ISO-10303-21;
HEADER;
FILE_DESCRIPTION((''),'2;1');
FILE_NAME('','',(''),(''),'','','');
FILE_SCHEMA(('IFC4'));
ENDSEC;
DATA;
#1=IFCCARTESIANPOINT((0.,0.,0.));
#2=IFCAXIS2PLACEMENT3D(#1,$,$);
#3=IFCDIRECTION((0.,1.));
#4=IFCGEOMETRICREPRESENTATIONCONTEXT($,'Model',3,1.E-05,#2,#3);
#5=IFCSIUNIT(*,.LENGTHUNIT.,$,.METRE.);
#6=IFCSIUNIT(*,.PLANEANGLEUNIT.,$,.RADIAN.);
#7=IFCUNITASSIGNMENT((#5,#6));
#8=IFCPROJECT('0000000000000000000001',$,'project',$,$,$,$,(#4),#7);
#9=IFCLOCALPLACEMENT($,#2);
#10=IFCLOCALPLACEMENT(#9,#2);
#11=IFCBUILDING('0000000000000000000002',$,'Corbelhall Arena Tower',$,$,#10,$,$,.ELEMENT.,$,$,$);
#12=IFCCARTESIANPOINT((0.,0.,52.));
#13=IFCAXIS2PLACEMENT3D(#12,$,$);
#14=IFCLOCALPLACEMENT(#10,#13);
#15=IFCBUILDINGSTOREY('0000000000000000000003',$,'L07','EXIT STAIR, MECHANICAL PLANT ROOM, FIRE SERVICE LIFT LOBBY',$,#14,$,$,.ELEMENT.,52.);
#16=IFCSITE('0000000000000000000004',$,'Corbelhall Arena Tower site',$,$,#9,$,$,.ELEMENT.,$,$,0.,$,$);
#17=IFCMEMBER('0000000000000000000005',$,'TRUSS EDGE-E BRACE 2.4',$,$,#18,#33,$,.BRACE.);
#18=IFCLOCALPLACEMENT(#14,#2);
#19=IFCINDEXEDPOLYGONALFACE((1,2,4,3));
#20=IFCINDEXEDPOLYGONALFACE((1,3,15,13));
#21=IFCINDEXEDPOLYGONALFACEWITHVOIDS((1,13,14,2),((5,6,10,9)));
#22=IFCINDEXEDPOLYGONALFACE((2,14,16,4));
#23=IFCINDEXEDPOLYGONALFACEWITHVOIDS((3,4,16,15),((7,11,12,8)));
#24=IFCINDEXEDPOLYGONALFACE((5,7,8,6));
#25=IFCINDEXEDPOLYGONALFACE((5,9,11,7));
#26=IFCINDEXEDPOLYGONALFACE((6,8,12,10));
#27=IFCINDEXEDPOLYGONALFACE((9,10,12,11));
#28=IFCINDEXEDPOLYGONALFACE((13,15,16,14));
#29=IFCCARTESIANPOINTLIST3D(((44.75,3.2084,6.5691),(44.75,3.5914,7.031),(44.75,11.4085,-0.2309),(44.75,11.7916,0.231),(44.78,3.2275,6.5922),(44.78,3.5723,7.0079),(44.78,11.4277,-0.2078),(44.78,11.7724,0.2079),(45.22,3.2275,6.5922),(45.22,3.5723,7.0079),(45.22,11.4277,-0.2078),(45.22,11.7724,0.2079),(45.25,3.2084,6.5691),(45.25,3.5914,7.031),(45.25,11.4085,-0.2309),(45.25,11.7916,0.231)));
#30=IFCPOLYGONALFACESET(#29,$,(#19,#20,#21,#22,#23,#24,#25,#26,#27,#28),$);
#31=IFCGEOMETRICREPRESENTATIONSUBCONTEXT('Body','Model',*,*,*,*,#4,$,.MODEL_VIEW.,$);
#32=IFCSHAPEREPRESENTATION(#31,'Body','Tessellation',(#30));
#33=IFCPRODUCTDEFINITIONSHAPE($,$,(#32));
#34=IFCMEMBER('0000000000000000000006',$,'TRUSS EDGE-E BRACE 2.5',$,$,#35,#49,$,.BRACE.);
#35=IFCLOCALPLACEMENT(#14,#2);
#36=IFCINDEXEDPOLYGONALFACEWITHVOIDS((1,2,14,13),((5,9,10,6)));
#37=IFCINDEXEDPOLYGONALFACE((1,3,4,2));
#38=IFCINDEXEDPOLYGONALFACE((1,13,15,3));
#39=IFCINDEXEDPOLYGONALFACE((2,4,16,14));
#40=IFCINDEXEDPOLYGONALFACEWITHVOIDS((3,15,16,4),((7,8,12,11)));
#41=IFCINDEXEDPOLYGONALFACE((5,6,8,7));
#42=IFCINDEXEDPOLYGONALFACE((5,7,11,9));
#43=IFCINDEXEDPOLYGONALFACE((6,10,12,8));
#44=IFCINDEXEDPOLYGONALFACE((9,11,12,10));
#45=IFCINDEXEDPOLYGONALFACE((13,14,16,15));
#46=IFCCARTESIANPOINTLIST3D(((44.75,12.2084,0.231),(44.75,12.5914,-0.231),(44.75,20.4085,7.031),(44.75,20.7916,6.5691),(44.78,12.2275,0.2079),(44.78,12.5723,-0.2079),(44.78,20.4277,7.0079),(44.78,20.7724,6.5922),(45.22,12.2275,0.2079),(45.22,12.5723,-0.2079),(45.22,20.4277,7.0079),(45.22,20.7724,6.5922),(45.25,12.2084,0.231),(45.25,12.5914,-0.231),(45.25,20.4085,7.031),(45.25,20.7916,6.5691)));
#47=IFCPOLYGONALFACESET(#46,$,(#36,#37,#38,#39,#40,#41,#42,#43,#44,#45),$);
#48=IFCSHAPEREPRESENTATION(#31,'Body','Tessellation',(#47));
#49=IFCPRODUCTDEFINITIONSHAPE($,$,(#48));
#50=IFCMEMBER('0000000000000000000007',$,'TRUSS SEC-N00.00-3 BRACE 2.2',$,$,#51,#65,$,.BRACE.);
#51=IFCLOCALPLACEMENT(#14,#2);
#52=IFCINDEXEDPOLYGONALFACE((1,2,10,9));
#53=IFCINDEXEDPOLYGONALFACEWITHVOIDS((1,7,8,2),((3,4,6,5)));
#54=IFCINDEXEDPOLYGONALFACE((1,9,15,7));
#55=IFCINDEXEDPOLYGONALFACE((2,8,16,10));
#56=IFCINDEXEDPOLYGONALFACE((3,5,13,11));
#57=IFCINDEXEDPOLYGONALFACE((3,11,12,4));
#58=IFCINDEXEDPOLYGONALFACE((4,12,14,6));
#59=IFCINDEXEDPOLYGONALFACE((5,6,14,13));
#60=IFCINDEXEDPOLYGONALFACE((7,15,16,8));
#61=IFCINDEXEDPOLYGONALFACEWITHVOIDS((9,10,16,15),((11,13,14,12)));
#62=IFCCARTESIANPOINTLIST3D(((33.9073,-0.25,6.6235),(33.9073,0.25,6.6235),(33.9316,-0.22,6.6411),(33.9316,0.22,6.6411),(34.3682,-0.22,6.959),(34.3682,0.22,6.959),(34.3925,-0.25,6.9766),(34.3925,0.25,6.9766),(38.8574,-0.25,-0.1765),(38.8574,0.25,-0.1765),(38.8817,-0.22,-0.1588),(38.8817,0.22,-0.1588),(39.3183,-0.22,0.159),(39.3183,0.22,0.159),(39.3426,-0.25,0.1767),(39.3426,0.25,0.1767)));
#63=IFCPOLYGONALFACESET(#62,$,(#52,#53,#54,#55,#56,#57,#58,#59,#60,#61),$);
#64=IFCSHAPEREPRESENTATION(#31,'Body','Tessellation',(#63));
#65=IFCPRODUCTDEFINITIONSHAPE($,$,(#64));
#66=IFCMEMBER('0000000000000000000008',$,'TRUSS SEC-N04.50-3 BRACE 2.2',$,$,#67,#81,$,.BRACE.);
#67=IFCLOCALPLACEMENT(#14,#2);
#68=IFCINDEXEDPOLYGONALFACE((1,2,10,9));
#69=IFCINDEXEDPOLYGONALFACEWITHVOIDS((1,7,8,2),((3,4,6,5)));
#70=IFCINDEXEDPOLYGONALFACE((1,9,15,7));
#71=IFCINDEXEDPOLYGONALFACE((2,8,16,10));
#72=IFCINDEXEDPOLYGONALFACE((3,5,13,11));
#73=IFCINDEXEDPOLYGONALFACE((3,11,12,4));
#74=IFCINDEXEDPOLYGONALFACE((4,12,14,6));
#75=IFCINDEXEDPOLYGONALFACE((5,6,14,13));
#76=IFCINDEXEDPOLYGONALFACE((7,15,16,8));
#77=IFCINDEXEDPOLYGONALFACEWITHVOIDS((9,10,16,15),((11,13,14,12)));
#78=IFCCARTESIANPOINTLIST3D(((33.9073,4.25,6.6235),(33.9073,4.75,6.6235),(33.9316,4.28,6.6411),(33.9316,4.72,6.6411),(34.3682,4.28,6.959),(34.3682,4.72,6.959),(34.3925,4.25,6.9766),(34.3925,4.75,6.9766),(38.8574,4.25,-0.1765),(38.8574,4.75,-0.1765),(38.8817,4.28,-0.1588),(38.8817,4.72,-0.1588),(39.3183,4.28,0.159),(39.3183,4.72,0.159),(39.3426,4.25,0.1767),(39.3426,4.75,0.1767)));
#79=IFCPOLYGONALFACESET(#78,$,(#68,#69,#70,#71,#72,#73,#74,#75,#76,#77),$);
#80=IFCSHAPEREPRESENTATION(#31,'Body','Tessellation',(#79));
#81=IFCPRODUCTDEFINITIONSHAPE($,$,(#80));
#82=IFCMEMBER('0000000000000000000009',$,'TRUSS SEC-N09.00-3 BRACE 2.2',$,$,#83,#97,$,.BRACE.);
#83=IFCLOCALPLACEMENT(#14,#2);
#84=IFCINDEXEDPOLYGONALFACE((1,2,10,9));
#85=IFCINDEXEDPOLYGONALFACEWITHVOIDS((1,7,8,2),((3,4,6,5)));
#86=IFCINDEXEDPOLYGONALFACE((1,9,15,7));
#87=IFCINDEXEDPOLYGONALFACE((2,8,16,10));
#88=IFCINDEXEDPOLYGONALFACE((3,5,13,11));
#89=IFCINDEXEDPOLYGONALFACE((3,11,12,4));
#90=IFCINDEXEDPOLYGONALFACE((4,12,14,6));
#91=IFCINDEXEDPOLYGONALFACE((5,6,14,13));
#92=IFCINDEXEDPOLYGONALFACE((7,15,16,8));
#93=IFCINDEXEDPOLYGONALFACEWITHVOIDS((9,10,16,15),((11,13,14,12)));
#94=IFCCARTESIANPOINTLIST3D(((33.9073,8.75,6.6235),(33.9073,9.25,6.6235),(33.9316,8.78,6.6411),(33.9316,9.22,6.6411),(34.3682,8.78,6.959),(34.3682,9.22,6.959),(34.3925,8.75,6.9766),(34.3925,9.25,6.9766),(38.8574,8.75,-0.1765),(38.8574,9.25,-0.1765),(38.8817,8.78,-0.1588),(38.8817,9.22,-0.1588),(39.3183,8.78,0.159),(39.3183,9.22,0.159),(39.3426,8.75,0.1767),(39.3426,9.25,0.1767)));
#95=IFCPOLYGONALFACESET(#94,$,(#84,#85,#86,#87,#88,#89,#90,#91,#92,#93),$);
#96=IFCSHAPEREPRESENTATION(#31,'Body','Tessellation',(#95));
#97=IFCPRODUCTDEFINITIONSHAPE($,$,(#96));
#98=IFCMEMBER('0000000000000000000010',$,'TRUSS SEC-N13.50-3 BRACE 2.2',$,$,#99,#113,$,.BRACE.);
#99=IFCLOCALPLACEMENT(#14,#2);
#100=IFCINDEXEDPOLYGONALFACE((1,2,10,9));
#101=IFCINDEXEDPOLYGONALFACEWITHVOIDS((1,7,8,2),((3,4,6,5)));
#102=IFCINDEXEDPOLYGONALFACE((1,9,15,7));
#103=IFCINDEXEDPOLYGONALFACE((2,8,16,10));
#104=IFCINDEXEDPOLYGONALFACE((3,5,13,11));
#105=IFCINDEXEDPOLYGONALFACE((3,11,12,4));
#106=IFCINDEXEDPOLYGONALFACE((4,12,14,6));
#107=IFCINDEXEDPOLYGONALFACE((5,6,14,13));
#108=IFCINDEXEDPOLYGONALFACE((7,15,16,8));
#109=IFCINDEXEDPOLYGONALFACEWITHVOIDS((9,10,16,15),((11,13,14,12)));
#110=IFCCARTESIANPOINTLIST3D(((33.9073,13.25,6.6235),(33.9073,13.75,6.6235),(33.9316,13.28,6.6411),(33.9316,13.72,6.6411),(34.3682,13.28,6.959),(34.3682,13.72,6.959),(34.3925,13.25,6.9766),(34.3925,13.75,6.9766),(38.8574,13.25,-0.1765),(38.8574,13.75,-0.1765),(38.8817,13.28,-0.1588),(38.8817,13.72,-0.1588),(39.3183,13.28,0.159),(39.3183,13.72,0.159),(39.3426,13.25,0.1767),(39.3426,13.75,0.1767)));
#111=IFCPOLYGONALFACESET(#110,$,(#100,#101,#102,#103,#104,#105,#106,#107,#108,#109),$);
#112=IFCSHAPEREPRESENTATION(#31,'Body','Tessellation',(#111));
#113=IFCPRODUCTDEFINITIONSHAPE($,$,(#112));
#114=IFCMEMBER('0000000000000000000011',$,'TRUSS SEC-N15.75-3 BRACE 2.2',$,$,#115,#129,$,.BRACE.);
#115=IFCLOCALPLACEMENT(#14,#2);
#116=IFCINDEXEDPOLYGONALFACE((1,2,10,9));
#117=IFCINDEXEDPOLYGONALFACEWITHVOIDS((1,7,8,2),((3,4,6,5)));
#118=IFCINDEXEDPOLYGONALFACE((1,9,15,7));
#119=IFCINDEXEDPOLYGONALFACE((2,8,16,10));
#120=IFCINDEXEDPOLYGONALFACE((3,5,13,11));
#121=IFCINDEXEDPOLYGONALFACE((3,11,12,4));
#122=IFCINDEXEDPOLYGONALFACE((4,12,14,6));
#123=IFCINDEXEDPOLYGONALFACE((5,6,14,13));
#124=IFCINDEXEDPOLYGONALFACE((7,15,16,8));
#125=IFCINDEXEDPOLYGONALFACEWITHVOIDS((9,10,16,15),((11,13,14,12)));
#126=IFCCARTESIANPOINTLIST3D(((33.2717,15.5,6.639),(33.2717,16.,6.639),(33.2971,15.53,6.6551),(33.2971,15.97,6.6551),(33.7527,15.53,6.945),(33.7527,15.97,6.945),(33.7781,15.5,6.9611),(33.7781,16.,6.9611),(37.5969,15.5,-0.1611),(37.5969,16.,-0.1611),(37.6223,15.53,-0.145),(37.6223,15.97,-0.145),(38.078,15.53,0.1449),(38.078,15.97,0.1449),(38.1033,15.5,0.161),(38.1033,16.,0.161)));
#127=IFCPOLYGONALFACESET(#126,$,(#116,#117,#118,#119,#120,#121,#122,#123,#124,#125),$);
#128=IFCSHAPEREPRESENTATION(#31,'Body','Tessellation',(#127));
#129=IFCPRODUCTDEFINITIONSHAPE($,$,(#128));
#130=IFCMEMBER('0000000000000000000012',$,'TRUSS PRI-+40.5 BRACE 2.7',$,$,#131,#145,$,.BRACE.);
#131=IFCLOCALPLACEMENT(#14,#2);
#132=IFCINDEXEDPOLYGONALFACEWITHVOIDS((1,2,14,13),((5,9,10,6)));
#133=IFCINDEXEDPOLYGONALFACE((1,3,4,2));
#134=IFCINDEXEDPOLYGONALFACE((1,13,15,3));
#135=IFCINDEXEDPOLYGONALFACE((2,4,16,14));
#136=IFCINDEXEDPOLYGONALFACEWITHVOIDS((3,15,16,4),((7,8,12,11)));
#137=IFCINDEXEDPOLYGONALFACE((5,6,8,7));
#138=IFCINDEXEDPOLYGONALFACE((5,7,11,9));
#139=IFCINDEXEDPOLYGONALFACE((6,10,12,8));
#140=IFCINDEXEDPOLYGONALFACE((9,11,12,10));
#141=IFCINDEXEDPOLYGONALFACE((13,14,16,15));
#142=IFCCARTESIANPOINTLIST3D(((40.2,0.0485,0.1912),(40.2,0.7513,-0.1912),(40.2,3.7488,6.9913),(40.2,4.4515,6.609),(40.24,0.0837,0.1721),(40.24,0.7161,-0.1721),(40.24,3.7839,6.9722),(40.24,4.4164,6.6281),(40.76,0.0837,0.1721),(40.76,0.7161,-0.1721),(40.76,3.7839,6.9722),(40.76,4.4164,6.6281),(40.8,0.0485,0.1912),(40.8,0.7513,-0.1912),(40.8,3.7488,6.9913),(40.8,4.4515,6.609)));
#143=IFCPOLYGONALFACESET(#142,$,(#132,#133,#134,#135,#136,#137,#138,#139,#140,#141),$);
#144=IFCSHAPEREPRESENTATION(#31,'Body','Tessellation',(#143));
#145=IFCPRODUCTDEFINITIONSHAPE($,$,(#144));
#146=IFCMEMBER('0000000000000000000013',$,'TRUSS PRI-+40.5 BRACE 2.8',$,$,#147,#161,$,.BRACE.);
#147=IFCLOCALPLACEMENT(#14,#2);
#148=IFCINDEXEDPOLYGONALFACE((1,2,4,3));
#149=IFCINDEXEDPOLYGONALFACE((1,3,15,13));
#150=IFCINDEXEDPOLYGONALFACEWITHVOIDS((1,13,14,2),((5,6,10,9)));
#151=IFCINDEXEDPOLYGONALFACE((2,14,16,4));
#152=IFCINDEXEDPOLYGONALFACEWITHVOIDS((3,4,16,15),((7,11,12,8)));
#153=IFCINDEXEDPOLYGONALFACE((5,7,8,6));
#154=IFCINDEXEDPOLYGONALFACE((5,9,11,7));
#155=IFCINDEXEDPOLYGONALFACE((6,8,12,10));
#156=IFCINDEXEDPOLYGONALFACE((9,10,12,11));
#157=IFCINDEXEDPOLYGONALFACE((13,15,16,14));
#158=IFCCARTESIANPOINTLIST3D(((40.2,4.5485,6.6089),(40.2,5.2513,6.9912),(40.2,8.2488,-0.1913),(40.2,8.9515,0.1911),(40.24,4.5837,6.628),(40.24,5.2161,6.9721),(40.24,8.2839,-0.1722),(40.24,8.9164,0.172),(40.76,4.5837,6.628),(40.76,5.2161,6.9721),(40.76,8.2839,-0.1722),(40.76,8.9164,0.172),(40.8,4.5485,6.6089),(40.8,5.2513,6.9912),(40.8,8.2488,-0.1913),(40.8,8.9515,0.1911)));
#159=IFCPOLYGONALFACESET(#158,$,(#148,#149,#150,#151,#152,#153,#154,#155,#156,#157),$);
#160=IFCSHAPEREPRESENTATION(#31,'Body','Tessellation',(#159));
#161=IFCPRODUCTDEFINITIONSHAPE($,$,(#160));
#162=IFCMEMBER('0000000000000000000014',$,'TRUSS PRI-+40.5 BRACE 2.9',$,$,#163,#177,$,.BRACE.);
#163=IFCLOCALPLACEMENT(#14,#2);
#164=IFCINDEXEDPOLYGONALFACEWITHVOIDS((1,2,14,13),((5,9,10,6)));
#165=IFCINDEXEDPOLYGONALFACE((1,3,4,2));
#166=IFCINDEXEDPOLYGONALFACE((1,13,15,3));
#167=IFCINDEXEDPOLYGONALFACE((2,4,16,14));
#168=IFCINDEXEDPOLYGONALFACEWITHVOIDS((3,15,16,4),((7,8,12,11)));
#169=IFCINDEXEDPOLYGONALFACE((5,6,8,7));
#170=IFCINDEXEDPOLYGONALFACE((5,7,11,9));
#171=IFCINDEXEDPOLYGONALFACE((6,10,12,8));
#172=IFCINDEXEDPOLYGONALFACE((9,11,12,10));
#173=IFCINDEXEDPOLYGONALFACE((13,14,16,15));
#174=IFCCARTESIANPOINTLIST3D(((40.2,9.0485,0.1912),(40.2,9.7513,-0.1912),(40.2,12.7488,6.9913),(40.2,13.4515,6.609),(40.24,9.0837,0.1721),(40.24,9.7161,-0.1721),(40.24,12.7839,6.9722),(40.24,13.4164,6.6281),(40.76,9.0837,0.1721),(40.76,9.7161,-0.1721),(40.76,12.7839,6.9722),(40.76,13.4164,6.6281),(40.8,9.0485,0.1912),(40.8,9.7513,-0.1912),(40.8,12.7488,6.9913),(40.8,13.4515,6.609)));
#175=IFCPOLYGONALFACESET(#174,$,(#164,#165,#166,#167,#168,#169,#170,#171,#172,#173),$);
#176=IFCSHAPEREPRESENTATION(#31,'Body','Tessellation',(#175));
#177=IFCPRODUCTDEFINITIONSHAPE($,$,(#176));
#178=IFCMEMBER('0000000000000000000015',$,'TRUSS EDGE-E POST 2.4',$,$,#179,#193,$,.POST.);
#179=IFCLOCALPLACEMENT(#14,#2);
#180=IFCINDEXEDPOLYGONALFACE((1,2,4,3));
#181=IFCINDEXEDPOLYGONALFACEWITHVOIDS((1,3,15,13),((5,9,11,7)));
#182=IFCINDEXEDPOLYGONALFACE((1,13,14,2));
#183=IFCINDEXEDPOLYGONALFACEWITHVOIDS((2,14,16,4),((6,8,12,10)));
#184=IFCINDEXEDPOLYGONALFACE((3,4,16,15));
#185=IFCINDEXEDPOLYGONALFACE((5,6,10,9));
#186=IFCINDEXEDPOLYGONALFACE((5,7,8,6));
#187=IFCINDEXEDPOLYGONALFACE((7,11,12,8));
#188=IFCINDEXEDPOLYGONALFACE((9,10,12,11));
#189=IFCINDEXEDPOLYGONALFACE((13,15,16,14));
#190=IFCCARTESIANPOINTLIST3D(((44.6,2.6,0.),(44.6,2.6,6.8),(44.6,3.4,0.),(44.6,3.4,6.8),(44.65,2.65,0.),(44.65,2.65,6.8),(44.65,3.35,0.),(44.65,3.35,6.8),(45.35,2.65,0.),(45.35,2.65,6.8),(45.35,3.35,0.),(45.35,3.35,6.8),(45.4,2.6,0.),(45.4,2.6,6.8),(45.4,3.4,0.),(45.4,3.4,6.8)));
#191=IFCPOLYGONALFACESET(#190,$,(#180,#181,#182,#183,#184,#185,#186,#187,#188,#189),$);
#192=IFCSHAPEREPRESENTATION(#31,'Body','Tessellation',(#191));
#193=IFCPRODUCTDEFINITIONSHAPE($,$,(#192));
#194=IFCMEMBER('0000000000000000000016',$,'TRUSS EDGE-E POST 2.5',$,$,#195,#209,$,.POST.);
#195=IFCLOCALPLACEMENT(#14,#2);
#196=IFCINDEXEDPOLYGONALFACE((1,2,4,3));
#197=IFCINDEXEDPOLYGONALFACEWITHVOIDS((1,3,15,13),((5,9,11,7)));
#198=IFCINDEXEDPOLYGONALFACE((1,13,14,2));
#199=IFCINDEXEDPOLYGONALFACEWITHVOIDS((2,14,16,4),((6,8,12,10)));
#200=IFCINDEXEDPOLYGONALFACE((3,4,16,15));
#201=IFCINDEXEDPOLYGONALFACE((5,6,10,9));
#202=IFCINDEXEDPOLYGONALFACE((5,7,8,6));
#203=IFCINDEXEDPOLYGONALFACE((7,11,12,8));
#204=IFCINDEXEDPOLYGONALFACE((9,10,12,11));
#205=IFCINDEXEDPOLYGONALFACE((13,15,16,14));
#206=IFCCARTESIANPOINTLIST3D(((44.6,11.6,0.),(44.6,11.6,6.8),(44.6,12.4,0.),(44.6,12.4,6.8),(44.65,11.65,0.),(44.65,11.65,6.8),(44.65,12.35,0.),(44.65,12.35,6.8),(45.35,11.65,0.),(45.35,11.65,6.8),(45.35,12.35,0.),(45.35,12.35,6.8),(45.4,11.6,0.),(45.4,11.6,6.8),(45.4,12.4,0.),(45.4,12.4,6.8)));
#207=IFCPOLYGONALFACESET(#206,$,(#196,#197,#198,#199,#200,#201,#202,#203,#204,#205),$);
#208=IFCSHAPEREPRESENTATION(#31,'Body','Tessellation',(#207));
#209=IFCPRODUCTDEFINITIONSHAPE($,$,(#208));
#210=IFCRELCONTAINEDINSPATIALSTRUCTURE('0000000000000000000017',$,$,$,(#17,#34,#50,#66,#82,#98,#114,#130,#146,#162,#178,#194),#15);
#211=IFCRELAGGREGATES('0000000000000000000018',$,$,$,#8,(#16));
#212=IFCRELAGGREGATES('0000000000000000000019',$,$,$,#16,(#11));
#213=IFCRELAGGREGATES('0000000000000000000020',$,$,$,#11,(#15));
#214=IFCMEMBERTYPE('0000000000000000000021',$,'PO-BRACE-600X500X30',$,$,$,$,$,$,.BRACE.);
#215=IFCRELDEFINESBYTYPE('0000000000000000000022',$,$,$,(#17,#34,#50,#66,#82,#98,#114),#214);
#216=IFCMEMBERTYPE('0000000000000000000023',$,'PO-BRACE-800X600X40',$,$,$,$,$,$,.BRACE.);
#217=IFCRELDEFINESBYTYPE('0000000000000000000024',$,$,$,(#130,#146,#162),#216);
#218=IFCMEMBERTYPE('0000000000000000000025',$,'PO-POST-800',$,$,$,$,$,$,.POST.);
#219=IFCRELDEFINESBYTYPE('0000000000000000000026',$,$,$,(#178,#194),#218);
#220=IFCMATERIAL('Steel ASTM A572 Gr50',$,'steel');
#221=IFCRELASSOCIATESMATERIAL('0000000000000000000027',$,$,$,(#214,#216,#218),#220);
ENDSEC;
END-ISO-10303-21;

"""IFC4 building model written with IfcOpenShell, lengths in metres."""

from ifc_helpers import new_model, si_unit, direction, frame, origin, origin_2d, place, context, subcontext, project, spatial, hollow_rectangle, extrude, material, material_profile, profile_set, type_object, element, save


model = new_model("IFC4")

# Units and contexts
model_context = context("Model", 3, precision=1e-05, world=origin(), true_north=direction((0.0, 1.0)))
body_context = subcontext(model_context, "Body", "Model", "MODEL_VIEW")
ifc_project = project(units=[si_unit("LENGTHUNIT", "METRE"), si_unit("PLANEANGLEUNIT", "RADIAN")], contexts=[model_context])

# Site, building, storey
site_placement = place(None, origin())
site = spatial("IfcSite", under=ifc_project, at=site_placement, Name="Corbelhall Arena Tower site", CompositionType="ELEMENT", RefElevation=0.0)
building_placement = place(site_placement, origin())
building = spatial("IfcBuilding", under=site, at=building_placement, Name="Corbelhall Arena Tower", CompositionType="ELEMENT")
storey_placement = place(building_placement, frame((0.0, 0.0, 52.0)))
storey = spatial("IfcBuildingStorey", under=building, at=storey_placement, Name="L07", Description="EXIT STAIR, MECHANICAL PLANT ROOM, FIRE SERVICE LIFT LOBBY", CompositionType="ELEMENT", Elevation=52.0)

# Members
ifc_material_1 = material(Name="Steel ASTM A572 Gr50", Category="steel")
ifc_material_profile_1 = material_profile(ifc_material_1, hollow_rectangle(XDim=0.5, YDim=0.6001, WallThickness=0.03, at=origin_2d()))
ifc_profile_set_1 = profile_set([ifc_material_profile_1], Name="Steel ASTM A572 Gr50")
member_type_1 = type_object("IfcMemberType", Name="PO-BRACE-600X500X30", PredefinedType="BRACE", material=ifc_profile_set_1)
for number, where, z_axis, x_axis, name in (
    (1, (45.0, 3.3999, 6.8), (0.0, 0.769763, -0.63833), (-1.0, 0.0, 0.0), "TRUSS EDGE-E BRACE 2.4"),
    (2, (45.0, 12.3999, 0.0), (0.0, 0.769763, 0.63833), (-1.0, 0.0, 0.0), "TRUSS EDGE-E BRACE 2.5"),
):
    element("IfcMember", number, at=place(storey_placement, frame(where, z_axis=z_axis, x_axis=x_axis)), inside=storey, type_object=member_type_1, Name=name, PredefinedType="BRACE", context=body_context, shape_type="SweptSolid", body=[
        extrude(hollow_rectangle(XDim=0.5, YDim=0.6001, WallThickness=0.03, at=origin_2d()), origin(), (0.0, 0.0, 1.0), 10.6528),
    ])
for number, where, z_axis, x_axis, name in (
    (3, (34.1499, 0.0, 6.8), (0.588538, 0.0, -0.80847), (0.0, 1.0, 0.0), "TRUSS SEC-N00.00-3 BRACE 2.2"),
    (4, (34.1499, 4.5, 6.8), (0.588538, 0.0, -0.80847), (0.0, 1.0, 0.0), "TRUSS SEC-N04.50-3 BRACE 2.2"),
    (5, (34.1499, 9.0, 6.8), (0.588538, 0.0, -0.80847), (0.0, 1.0, 0.0), "TRUSS SEC-N09.00-3 BRACE 2.2"),
    (6, (34.1499, 13.5, 6.8), (0.588538, 0.0, -0.80847), (0.0, 1.0, 0.0), "TRUSS SEC-N13.50-3 BRACE 2.2"),
):
    element("IfcMember", number, at=place(storey_placement, frame(where, z_axis=z_axis, x_axis=x_axis)), inside=storey, type_object=member_type_1, Name=name, PredefinedType="BRACE", context=body_context, shape_type="SweptSolid", body=[
        extrude(hollow_rectangle(XDim=0.5, YDim=0.6001, WallThickness=0.03, at=origin_2d()), origin(), (0.0, 0.0, 1.0), 8.4109),
    ])
member_placement = place(storey_placement, frame((33.5249, 15.75, 6.8), z_axis=(0.536689, 0.0, -0.84378), x_axis=(0.0, 1.0, 0.0)))
element("IfcMember", 7, at=member_placement, inside=storey, type_object=member_type_1, Name="TRUSS SEC-N15.75-3 BRACE 2.2", PredefinedType="BRACE", context=body_context, shape_type="SweptSolid", body=[
    extrude(hollow_rectangle(XDim=0.5, YDim=0.6001, WallThickness=0.03, at=origin_2d()), origin(), (0.0, 0.0, 1.0), 8.0591),
])
ifc_material_profile_2 = material_profile(ifc_material_1, hollow_rectangle(XDim=0.6001, YDim=0.8, WallThickness=0.04, at=origin_2d()))
ifc_profile_set_2 = profile_set([ifc_material_profile_2], Name="Steel ASTM A572 Gr50")
member_type_2 = type_object("IfcMemberType", Name="PO-BRACE-800X600X40", PredefinedType="BRACE", material=ifc_profile_set_2)
for number, where, z_axis, x_axis, name in (
    (8, (40.5, 0.3999, 0.0), (0.0, 0.477964, 0.87838), (-1.0, 0.0, 0.0), "TRUSS PRI-+40.5 BRACE 2.7"),
    (9, (40.5, 4.8999, 6.8), (0.0, 0.477964, -0.87838), (-1.0, 0.0, 0.0), "TRUSS PRI-+40.5 BRACE 2.8"),
    (10, (40.5, 9.3999, 0.0), (0.0, 0.477964, 0.87838), (-1.0, 0.0, 0.0), "TRUSS PRI-+40.5 BRACE 2.9"),
):
    element("IfcMember", number, at=place(storey_placement, frame(where, z_axis=z_axis, x_axis=x_axis)), inside=storey, type_object=member_type_2, Name=name, PredefinedType="BRACE", context=body_context, shape_type="SweptSolid", body=[
        extrude(hollow_rectangle(XDim=0.6001, YDim=0.8, WallThickness=0.04, at=origin_2d()), origin(), (0.0, 0.0, 1.0), 7.7417),
    ])
ifc_material_profile_3 = material_profile(ifc_material_1, hollow_rectangle(XDim=0.8, YDim=0.8, WallThickness=0.05, at=origin_2d()))
ifc_profile_set_3 = profile_set([ifc_material_profile_3], Name="Steel ASTM A572 Gr50")
member_type_3 = type_object("IfcMemberType", Name="PO-POST-800", PredefinedType="POST", material=ifc_profile_set_3)
for number, where, z_axis, x_axis, name in (
    (11, (45.0, 3.0, 0.0), (0.0, 0.0, 1.0), (1.0, 0.0, 0.0), "TRUSS EDGE-E POST 2.4"),
    (12, (45.0, 12.0, 0.0), (0.0, 0.0, 1.0), (1.0, 0.0, 0.0), "TRUSS EDGE-E POST 2.5"),
):
    element("IfcMember", number, at=place(storey_placement, frame(where, z_axis=z_axis, x_axis=x_axis)), inside=storey, type_object=member_type_3, Name=name, PredefinedType="POST", context=body_context, shape_type="SweptSolid", body=[
        extrude(hollow_rectangle(XDim=0.8, YDim=0.8, WallThickness=0.05, at=origin_2d()), origin(), (0.0, 0.0, 1.0), 6.8),
    ])

save(model, "model.ifc")
